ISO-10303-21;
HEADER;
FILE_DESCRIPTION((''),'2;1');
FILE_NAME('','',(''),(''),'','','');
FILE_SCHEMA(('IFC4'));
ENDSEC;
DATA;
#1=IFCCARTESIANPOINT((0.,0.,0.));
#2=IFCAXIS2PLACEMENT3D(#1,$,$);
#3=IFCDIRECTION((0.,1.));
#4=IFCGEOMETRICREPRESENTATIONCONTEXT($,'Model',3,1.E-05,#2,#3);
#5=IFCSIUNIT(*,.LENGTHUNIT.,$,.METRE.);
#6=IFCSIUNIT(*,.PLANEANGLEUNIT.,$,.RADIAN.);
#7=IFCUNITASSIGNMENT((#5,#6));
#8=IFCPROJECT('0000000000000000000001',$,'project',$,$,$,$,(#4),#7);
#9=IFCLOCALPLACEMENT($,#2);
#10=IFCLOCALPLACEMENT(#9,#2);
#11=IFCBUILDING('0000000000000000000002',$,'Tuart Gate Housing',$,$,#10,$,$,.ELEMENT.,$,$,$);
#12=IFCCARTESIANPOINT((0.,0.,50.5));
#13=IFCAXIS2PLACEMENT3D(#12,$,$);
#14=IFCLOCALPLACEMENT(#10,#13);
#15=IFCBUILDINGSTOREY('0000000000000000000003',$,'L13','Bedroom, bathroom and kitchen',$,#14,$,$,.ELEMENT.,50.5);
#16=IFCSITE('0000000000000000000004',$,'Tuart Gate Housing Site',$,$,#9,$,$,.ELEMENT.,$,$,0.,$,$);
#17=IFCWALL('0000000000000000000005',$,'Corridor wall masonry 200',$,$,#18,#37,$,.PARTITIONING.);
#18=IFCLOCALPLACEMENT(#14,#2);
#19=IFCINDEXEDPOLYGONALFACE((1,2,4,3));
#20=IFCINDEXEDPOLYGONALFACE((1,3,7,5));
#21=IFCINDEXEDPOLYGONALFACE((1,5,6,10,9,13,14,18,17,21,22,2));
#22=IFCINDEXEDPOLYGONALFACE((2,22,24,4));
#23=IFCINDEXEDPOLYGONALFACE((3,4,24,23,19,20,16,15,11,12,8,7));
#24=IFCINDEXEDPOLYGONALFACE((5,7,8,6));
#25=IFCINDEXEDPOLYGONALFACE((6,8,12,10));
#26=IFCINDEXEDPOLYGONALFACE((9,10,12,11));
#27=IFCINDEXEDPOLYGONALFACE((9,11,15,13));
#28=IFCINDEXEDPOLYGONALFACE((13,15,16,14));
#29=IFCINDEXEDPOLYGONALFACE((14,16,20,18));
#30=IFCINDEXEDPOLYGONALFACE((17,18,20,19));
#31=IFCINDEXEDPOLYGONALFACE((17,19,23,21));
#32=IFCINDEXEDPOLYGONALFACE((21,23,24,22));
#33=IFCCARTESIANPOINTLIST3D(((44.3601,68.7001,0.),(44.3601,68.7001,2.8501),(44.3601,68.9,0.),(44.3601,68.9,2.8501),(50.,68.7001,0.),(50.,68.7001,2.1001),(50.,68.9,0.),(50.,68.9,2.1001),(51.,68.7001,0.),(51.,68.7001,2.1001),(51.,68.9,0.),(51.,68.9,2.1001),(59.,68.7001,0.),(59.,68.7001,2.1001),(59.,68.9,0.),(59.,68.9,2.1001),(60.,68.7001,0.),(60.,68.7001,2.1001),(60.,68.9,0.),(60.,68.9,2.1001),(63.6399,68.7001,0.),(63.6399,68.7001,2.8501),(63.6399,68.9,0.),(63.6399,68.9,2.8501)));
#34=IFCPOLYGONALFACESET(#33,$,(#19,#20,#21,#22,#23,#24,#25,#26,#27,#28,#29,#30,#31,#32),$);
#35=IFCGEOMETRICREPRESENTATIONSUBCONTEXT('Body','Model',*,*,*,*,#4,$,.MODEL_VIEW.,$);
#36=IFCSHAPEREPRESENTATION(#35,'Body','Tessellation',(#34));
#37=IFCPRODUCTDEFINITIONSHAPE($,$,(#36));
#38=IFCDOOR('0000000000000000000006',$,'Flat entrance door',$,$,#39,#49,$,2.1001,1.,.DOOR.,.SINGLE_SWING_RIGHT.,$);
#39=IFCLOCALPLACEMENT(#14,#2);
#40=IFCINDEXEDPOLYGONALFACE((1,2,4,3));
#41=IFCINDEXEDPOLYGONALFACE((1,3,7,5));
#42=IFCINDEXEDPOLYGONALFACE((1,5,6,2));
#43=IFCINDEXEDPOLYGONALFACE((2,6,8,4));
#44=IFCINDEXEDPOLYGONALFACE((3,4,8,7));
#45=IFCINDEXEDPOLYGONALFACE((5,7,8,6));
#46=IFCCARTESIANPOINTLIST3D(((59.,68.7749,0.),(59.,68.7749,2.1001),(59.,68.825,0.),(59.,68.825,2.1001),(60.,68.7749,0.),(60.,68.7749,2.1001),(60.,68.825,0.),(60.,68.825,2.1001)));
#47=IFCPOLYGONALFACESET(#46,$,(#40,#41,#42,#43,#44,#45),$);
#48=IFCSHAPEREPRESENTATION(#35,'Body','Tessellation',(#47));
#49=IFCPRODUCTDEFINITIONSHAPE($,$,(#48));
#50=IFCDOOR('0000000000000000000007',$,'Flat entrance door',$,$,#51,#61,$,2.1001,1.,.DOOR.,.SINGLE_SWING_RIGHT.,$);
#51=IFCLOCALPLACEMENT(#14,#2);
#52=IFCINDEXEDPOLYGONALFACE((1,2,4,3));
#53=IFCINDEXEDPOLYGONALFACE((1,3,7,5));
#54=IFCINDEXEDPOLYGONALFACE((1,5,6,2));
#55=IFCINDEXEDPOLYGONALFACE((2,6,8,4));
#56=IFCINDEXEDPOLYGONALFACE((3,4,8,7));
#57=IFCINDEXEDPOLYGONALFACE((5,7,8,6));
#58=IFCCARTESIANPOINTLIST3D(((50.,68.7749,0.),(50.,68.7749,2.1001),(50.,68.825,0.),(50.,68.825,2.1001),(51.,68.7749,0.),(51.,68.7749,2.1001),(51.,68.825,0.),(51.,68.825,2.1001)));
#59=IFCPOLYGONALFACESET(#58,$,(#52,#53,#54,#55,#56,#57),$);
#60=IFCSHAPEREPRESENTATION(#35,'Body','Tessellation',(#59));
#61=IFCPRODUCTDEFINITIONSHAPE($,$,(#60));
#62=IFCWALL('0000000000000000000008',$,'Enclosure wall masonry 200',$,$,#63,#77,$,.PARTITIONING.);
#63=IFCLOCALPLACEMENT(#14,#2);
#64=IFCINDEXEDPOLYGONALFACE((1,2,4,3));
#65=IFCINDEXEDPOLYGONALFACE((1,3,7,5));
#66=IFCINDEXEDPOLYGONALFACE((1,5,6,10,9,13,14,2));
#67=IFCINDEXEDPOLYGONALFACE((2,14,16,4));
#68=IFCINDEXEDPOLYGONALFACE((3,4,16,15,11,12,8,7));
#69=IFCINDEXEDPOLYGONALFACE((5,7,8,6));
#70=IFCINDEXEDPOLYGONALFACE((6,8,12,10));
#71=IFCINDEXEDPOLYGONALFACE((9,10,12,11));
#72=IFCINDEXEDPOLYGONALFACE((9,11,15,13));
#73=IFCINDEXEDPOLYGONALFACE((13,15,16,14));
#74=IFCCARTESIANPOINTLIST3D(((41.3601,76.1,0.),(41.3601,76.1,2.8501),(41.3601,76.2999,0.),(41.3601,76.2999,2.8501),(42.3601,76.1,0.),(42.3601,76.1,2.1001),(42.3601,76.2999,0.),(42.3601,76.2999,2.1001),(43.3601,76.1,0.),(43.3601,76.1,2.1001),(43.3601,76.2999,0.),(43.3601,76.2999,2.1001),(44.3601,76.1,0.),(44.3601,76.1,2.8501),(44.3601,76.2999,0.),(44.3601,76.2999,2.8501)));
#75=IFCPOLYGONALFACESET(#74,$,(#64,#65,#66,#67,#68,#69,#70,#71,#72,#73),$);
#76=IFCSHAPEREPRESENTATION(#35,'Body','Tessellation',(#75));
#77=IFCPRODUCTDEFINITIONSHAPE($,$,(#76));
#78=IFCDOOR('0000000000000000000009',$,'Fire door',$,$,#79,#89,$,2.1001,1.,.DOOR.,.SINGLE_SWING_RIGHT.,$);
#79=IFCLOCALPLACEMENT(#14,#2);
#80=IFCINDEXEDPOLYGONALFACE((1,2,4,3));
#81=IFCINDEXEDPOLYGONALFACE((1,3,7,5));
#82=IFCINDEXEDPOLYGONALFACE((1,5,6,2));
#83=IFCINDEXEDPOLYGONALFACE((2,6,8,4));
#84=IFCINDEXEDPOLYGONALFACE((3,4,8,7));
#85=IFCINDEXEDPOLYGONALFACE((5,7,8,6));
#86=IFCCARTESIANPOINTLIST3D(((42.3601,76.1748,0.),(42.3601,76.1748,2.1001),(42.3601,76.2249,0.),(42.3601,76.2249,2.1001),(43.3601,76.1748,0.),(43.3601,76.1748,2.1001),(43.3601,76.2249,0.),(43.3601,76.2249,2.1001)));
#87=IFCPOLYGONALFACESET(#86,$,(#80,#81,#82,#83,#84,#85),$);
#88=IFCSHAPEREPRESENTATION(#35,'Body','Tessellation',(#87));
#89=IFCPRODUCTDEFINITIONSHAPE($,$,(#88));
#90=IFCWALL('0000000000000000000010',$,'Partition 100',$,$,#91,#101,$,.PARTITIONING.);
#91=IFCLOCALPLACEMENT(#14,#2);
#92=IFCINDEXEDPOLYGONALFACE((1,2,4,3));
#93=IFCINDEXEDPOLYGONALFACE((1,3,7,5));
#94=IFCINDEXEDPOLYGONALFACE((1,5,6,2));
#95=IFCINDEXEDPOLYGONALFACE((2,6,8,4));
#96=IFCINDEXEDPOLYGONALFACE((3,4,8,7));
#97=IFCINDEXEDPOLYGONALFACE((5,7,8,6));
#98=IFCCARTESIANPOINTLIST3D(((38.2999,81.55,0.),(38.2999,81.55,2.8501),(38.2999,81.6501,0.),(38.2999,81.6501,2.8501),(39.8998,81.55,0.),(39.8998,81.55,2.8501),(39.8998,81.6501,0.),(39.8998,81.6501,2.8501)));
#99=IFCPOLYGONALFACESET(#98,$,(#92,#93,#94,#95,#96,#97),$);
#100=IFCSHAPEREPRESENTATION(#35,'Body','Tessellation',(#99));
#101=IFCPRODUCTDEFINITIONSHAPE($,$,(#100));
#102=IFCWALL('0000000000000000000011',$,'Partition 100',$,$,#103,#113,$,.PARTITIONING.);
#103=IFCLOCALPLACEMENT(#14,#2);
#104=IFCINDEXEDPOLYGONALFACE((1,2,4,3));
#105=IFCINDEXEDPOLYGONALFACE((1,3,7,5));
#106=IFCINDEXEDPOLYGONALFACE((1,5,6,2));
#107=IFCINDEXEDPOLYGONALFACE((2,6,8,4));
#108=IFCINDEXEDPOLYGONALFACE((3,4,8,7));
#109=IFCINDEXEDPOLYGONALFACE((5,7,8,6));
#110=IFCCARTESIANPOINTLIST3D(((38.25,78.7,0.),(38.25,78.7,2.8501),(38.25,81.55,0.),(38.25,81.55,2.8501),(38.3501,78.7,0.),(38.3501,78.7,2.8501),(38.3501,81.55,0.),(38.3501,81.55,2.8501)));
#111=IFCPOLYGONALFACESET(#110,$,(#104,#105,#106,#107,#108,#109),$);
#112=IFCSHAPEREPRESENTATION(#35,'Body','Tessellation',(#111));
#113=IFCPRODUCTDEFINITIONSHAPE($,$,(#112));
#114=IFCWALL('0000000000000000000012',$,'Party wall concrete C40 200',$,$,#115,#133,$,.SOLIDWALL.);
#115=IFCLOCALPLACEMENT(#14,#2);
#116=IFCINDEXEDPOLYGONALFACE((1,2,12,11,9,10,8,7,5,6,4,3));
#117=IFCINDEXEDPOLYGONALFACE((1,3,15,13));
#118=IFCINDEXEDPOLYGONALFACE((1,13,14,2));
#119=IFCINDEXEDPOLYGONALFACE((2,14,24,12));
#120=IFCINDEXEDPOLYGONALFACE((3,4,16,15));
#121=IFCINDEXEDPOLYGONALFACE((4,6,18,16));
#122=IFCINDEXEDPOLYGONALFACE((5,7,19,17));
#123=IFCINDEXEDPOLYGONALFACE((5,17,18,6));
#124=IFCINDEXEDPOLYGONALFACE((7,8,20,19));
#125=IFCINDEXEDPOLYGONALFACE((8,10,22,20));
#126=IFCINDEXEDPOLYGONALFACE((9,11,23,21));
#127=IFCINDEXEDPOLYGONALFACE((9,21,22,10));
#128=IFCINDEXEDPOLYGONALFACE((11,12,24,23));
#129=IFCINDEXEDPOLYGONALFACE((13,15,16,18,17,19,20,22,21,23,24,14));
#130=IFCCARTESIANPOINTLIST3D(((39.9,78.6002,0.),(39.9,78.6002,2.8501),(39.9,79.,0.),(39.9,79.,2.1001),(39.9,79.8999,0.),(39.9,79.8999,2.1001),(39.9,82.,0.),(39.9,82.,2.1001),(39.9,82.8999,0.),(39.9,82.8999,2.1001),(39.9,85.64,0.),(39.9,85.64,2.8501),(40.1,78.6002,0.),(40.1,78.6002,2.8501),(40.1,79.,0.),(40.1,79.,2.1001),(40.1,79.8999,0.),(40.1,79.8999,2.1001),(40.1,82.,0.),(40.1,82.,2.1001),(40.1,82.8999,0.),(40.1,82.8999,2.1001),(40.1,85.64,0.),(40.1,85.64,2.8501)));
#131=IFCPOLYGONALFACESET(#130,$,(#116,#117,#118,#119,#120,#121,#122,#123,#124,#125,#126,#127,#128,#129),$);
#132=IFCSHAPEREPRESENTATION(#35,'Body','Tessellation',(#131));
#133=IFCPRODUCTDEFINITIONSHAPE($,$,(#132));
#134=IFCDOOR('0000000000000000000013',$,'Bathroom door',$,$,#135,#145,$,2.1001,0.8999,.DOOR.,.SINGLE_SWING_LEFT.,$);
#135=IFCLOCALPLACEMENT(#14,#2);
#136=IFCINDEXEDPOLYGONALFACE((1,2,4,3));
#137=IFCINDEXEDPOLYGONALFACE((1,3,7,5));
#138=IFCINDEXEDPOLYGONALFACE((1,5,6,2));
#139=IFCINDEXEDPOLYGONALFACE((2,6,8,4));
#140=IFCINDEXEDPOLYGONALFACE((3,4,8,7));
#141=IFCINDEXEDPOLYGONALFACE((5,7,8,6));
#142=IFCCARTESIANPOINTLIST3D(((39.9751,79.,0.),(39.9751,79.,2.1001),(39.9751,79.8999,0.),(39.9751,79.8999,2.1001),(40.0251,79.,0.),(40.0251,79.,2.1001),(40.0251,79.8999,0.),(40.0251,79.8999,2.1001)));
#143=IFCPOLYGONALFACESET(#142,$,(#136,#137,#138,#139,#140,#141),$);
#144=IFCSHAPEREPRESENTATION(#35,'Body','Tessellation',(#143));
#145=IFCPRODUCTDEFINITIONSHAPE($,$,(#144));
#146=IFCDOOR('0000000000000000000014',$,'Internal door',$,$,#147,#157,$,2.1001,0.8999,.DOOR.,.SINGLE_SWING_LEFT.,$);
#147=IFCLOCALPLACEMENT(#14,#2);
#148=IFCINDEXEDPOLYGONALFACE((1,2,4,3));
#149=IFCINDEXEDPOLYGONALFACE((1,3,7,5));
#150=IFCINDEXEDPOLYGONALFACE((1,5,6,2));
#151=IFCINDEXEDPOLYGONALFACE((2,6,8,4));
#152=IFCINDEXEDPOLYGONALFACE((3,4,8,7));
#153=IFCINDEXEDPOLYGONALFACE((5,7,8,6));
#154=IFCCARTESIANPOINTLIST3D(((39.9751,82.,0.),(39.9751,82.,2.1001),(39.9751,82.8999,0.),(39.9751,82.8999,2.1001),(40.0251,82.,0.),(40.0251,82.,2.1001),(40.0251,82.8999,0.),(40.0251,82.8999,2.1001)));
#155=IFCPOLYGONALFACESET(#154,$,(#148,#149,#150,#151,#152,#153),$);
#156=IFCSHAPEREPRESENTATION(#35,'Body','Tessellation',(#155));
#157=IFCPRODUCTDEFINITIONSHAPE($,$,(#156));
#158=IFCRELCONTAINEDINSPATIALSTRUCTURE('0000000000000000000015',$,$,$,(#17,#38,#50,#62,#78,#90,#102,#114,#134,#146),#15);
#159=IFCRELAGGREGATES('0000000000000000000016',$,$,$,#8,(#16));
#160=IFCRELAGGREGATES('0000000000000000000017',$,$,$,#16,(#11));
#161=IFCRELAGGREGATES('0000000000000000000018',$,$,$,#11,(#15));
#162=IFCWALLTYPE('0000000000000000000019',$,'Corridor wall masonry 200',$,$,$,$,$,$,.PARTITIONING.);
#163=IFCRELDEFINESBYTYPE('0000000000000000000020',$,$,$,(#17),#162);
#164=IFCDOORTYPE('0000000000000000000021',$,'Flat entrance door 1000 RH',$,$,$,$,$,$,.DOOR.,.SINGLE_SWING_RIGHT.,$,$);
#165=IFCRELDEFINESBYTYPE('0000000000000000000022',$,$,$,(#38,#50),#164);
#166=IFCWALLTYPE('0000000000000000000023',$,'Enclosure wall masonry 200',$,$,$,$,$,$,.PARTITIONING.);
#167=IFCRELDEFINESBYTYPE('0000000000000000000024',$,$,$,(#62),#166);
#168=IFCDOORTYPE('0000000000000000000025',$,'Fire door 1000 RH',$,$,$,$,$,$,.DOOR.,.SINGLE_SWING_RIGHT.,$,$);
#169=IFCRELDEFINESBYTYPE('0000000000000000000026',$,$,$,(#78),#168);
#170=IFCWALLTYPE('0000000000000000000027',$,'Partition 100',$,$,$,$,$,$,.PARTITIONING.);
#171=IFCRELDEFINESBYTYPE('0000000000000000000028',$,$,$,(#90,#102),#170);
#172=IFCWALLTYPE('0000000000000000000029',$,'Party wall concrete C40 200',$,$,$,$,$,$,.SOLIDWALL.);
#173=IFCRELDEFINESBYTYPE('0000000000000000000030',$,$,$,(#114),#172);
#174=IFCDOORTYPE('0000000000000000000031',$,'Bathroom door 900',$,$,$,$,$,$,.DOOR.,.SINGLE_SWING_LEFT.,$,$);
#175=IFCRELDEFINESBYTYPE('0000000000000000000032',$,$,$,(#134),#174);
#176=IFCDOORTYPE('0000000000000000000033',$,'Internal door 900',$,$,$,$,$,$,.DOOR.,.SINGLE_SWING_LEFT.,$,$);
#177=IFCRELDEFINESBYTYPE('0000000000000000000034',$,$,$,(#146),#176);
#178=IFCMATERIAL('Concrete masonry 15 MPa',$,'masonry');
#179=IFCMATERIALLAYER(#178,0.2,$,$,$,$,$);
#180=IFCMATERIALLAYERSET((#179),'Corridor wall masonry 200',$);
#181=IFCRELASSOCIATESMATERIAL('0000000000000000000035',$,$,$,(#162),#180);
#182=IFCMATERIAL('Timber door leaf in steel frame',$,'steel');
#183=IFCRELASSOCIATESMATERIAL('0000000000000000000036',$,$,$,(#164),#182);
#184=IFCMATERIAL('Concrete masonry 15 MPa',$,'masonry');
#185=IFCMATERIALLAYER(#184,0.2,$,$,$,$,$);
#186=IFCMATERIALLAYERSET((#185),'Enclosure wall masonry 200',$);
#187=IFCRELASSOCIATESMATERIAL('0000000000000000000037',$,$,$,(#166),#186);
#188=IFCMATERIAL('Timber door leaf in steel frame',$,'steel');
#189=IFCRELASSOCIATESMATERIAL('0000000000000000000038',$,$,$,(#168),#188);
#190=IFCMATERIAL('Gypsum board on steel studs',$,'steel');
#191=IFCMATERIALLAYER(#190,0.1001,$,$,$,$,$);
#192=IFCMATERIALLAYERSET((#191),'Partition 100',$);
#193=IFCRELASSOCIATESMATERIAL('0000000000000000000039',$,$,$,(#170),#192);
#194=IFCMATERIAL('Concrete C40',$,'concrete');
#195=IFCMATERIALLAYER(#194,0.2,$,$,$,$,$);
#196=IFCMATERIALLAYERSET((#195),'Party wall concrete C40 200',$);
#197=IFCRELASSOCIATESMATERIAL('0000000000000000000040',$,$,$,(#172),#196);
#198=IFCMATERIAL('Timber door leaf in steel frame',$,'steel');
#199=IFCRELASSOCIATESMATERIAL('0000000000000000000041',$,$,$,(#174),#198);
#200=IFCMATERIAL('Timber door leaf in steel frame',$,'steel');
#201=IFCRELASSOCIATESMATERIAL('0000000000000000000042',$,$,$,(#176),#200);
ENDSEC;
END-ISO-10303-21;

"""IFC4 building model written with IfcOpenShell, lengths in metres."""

from ifc_helpers import new_model, si_unit, direction, frame, frame_2d, origin, place, context, subcontext, project, spatial, rectangle, extrude, material, layer, layer_set, type_object, element, fill, save


model = new_model("IFC4")

# Units and contexts
model_context = context("Model", 3, precision=1e-05, world=origin(), true_north=direction((0.0, 1.0)))
body_context = subcontext(model_context, "Body", "Model", "MODEL_VIEW")
ifc_project = project(units=[si_unit("LENGTHUNIT", "METRE"), si_unit("PLANEANGLEUNIT", "RADIAN")], contexts=[model_context])

# Site, building, storey
site_placement = place(None, origin())
site = spatial("IfcSite", under=ifc_project, at=site_placement, Name="Tuart Gate Housing Site", CompositionType="ELEMENT", RefElevation=0.0)
building_placement = place(site_placement, origin())
building = spatial("IfcBuilding", under=site, at=building_placement, Name="Tuart Gate Housing", CompositionType="ELEMENT")
storey_placement = place(building_placement, frame((0.0, 0.0, 50.5)))
storey = spatial("IfcBuildingStorey", under=building, at=storey_placement, Name="L13", Description="Bedroom, bathroom and kitchen", CompositionType="ELEMENT", Elevation=50.5)

# Wall, openings, doors
ifc_material_1 = material(Name="Concrete masonry 15 MPa", Category="masonry")
ifc_layer_1 = layer(ifc_material_1, 0.2)
ifc_layer_set_1 = layer_set([ifc_layer_1], Name="Corridor wall masonry 200")
wall_type_1 = type_object("IfcWallType", Name="Corridor wall masonry 200", PredefinedType="PARTITIONING", material=ifc_layer_set_1)
wall_1_placement = place(storey_placement, frame((44.3601, 68.8, 0.0), z_axis=(0.0, 0.0, 1.0), x_axis=(1.0, 0.0, 0.0)))
wall_1 = element("IfcWall", 1, at=wall_1_placement, inside=storey, type_object=wall_type_1, Name="Corridor wall masonry 200", PredefinedType="PARTITIONING", context=body_context, shape_type="SweptSolid", body=[
    extrude(rectangle(XDim=19.2798, YDim=0.2, at=frame_2d((9.6399, 0.0))), origin(), (0.0, 0.0, 1.0), 2.8501),
])
opening_1_placement = place(wall_1_placement, frame((14.6399, 0.0, 0.0)))
opening_1 = element("IfcOpeningElement", 2, at=opening_1_placement, cuts=wall_1, PredefinedType="OPENING", context=body_context, shape_type="SweptSolid", body=[
    extrude(rectangle(XDim=1.0, YDim=2.1001, at=frame_2d((0.5, 1.05))), frame((0.0, 0.1099, 0.0), z_axis=(0.0, -1.0, 0.0), x_axis=(1.0, 0.0, 0.0)), (0.0, 0.0, 1.0), 0.22),
])
opening_2_placement = place(wall_1_placement, frame((5.6399, 0.0, 0.0)))
opening_2 = element("IfcOpeningElement", 3, at=opening_2_placement, cuts=wall_1, PredefinedType="OPENING", context=body_context, shape_type="SweptSolid", body=[
    extrude(rectangle(XDim=1.0, YDim=2.1001, at=frame_2d((0.5, 1.05))), frame((0.0, 0.1099, 0.0), z_axis=(0.0, -1.0, 0.0), x_axis=(1.0, 0.0, 0.0)), (0.0, 0.0, 1.0), 0.22),
])
ifc_material_2 = material(Name="Timber door leaf in steel frame", Category="steel")
door_type_1 = type_object("IfcDoorType", Name="Flat entrance door 1000 RH", OperationType="SINGLE_SWING_RIGHT", PredefinedType="DOOR", material=ifc_material_2)
door_1_placement = place(opening_1_placement, frame((1.0, 0.0, 0.0), z_axis=(0.0, 0.0, 1.0), x_axis=(-1.0, 0.0, 0.0)))
door_1 = element("IfcDoor", 4, at=door_1_placement, inside=storey, type_object=door_type_1, Name="Flat entrance door", OperationType="SINGLE_SWING_RIGHT", OverallHeight=2.1001, OverallWidth=1.0, PredefinedType="DOOR", context=body_context, shape_type="SweptSolid", body=[
    extrude(rectangle(XDim=1.0, YDim=2.1001, at=frame_2d((0.5, 1.05))), frame((0.0, 0.0251, 0.0), z_axis=(0.0, -1.0, 0.0), x_axis=(1.0, 0.0, 0.0)), (0.0, 0.0, 1.0), 0.05),
])
fill(opening_1, door_1)
door_2_placement = place(opening_2_placement, frame((1.0, 0.0, 0.0), z_axis=(0.0, 0.0, 1.0), x_axis=(-1.0, 0.0, 0.0)))
door_2 = element("IfcDoor", 5, at=door_2_placement, inside=storey, type_object=door_type_1, Name="Flat entrance door", OperationType="SINGLE_SWING_RIGHT", OverallHeight=2.1001, OverallWidth=1.0, PredefinedType="DOOR", context=body_context, shape_type="SweptSolid", body=[
    extrude(rectangle(XDim=1.0, YDim=2.1001, at=frame_2d((0.5, 1.05))), frame((0.0, 0.0251, 0.0), z_axis=(0.0, -1.0, 0.0), x_axis=(1.0, 0.0, 0.0)), (0.0, 0.0, 1.0), 0.05),
])
fill(opening_2, door_2)

# Wall, opening, door
ifc_material_3 = material(Name="Concrete masonry 15 MPa", Category="masonry")
ifc_layer_2 = layer(ifc_material_3, 0.2)
ifc_layer_set_2 = layer_set([ifc_layer_2], Name="Enclosure wall masonry 200")
wall_type_2 = type_object("IfcWallType", Name="Enclosure wall masonry 200", PredefinedType="PARTITIONING", material=ifc_layer_set_2)
wall_2_placement = place(storey_placement, frame((41.3601, 76.2, 0.0), z_axis=(0.0, 0.0, 1.0), x_axis=(1.0, 0.0, 0.0)))
wall_2 = element("IfcWall", 6, at=wall_2_placement, inside=storey, type_object=wall_type_2, Name="Enclosure wall masonry 200", PredefinedType="PARTITIONING", context=body_context, shape_type="SweptSolid", body=[
    extrude(rectangle(XDim=3.0, YDim=0.2, at=frame_2d((1.5, 0.0))), origin(), (0.0, 0.0, 1.0), 2.8501),
])
opening_3_placement = place(wall_2_placement, frame((1.0, 0.0, 0.0)))
opening_3 = element("IfcOpeningElement", 7, at=opening_3_placement, cuts=wall_2, PredefinedType="OPENING", context=body_context, shape_type="SweptSolid", body=[
    extrude(rectangle(XDim=1.0, YDim=2.1001, at=frame_2d((0.5, 1.05))), frame((0.0, 0.1099, 0.0), z_axis=(0.0, -1.0, 0.0), x_axis=(1.0, 0.0, 0.0)), (0.0, 0.0, 1.0), 0.22),
])
ifc_material_4 = material(Name="Timber door leaf in steel frame", Category="steel")
door_type_2 = type_object("IfcDoorType", Name="Fire door 1000 RH", OperationType="SINGLE_SWING_RIGHT", PredefinedType="DOOR", material=ifc_material_4)
door_3_placement = place(opening_3_placement, origin())
door_3 = element("IfcDoor", 8, at=door_3_placement, inside=storey, type_object=door_type_2, Name="Fire door", OperationType="SINGLE_SWING_RIGHT", OverallHeight=2.1001, OverallWidth=1.0, PredefinedType="DOOR", context=body_context, shape_type="SweptSolid", body=[
    extrude(rectangle(XDim=1.0, YDim=2.1001, at=frame_2d((0.5, 1.05))), frame((0.0, 0.0249, 0.0), z_axis=(0.0, -1.0, 0.0), x_axis=(1.0, 0.0, 0.0)), (0.0, 0.0, 1.0), 0.05),
])
fill(opening_3, door_3)

# Walls
ifc_material_5 = material(Name="Gypsum board on steel studs", Category="steel")
ifc_layer_3 = layer(ifc_material_5, 0.1001)
ifc_layer_set_3 = layer_set([ifc_layer_3], Name="Partition 100")
wall_type_3 = type_object("IfcWallType", Name="Partition 100", PredefinedType="PARTITIONING", material=ifc_layer_set_3)
wall_3_placement = place(storey_placement, frame((38.3, 81.6001, 0.0), z_axis=(0.0, 0.0, 1.0), x_axis=(1.0, 0.0, 0.0)))
element("IfcWall", 9, at=wall_3_placement, inside=storey, type_object=wall_type_3, Name="Partition 100", PredefinedType="PARTITIONING", context=body_context, shape_type="SweptSolid", body=[
    extrude(rectangle(XDim=1.5999, YDim=0.1001, at=frame_2d((0.7998, 0.0))), origin(), (0.0, 0.0, 1.0), 2.8501),
])
wall_4_placement = place(storey_placement, frame((38.3, 78.7, 0.0), z_axis=(0.0, 0.0, 1.0), x_axis=(0.0, 1.0, 0.0)))
element("IfcWall", 10, at=wall_4_placement, inside=storey, type_object=wall_type_3, Name="Partition 100", PredefinedType="PARTITIONING", context=body_context, shape_type="SweptSolid", body=[
    extrude(rectangle(XDim=2.8501, YDim=0.1001, at=frame_2d((1.425, 0.0))), origin(), (0.0, 0.0, 1.0), 2.8501),
])

# Wall, openings, doors
ifc_material_6 = material(Name="Concrete C40", Category="concrete")
ifc_layer_4 = layer(ifc_material_6, 0.2)
ifc_layer_set_4 = layer_set([ifc_layer_4], Name="Party wall concrete C40 200")
wall_type_4 = type_object("IfcWallType", Name="Party wall concrete C40 200", PredefinedType="SOLIDWALL", material=ifc_layer_set_4)
wall_5_placement = place(storey_placement, frame((40.0, 78.6001, 0.0), z_axis=(0.0, 0.0, 1.0), x_axis=(0.0, 1.0, 0.0)))
wall_5 = element("IfcWall", 11, at=wall_5_placement, inside=storey, type_object=wall_type_4, Name="Party wall concrete C40 200", PredefinedType="SOLIDWALL", context=body_context, shape_type="SweptSolid", body=[
    extrude(rectangle(XDim=7.0398, YDim=0.2, at=frame_2d((3.52, 0.0))), origin(), (0.0, 0.0, 1.0), 2.8501),
])
opening_4_placement = place(wall_5_placement, frame((3.3999, 0.0, 0.0)))
opening_4 = element("IfcOpeningElement", 12, at=opening_4_placement, cuts=wall_5, PredefinedType="OPENING", context=body_context, shape_type="SweptSolid", body=[
    extrude(rectangle(XDim=0.8999, YDim=2.1001, at=frame_2d((0.45, 1.05))), frame((0.0, 0.1099, 0.0), z_axis=(0.0, -1.0, 0.0), x_axis=(1.0, 0.0, 0.0)), (0.0, 0.0, 1.0), 0.22),
])
opening_5_placement = place(wall_5_placement, frame((0.3999, 0.0, 0.0)))
opening_5 = element("IfcOpeningElement", 13, at=opening_5_placement, cuts=wall_5, PredefinedType="OPENING", context=body_context, shape_type="SweptSolid", body=[
    extrude(rectangle(XDim=0.8999, YDim=2.1001, at=frame_2d((0.45, 1.05))), frame((0.0, 0.1099, 0.0), z_axis=(0.0, -1.0, 0.0), x_axis=(1.0, 0.0, 0.0)), (0.0, 0.0, 1.0), 0.22),
])
ifc_material_7 = material(Name="Timber door leaf in steel frame", Category="steel")
door_type_3 = type_object("IfcDoorType", Name="Bathroom door 900", OperationType="SINGLE_SWING_LEFT", PredefinedType="DOOR", material=ifc_material_7)
door_4_placement = place(opening_5_placement, origin())
door_4 = element("IfcDoor", 14, at=door_4_placement, inside=storey, type_object=door_type_3, Name="Bathroom door", OperationType="SINGLE_SWING_LEFT", OverallHeight=2.1001, OverallWidth=0.8999, PredefinedType="DOOR", context=body_context, shape_type="SweptSolid", body=[
    extrude(rectangle(XDim=0.8999, YDim=2.1001, at=frame_2d((0.45, 1.05))), frame((0.0, 0.0249, 0.0), z_axis=(0.0, -1.0, 0.0), x_axis=(1.0, 0.0, 0.0)), (0.0, 0.0, 1.0), 0.05),
])
fill(opening_5, door_4)
ifc_material_8 = material(Name="Timber door leaf in steel frame", Category="steel")
door_type_4 = type_object("IfcDoorType", Name="Internal door 900", OperationType="SINGLE_SWING_LEFT", PredefinedType="DOOR", material=ifc_material_8)
door_5_placement = place(opening_4_placement, origin())
door_5 = element("IfcDoor", 15, at=door_5_placement, inside=storey, type_object=door_type_4, Name="Internal door", OperationType="SINGLE_SWING_LEFT", OverallHeight=2.1001, OverallWidth=0.8999, PredefinedType="DOOR", context=body_context, shape_type="SweptSolid", body=[
    extrude(rectangle(XDim=0.8999, YDim=2.1001, at=frame_2d((0.45, 1.05))), frame((0.0, 0.0249, 0.0), z_axis=(0.0, -1.0, 0.0), x_axis=(1.0, 0.0, 0.0)), (0.0, 0.0, 1.0), 0.05),
])
fill(opening_4, door_5)

save(model, "model.ifc")
